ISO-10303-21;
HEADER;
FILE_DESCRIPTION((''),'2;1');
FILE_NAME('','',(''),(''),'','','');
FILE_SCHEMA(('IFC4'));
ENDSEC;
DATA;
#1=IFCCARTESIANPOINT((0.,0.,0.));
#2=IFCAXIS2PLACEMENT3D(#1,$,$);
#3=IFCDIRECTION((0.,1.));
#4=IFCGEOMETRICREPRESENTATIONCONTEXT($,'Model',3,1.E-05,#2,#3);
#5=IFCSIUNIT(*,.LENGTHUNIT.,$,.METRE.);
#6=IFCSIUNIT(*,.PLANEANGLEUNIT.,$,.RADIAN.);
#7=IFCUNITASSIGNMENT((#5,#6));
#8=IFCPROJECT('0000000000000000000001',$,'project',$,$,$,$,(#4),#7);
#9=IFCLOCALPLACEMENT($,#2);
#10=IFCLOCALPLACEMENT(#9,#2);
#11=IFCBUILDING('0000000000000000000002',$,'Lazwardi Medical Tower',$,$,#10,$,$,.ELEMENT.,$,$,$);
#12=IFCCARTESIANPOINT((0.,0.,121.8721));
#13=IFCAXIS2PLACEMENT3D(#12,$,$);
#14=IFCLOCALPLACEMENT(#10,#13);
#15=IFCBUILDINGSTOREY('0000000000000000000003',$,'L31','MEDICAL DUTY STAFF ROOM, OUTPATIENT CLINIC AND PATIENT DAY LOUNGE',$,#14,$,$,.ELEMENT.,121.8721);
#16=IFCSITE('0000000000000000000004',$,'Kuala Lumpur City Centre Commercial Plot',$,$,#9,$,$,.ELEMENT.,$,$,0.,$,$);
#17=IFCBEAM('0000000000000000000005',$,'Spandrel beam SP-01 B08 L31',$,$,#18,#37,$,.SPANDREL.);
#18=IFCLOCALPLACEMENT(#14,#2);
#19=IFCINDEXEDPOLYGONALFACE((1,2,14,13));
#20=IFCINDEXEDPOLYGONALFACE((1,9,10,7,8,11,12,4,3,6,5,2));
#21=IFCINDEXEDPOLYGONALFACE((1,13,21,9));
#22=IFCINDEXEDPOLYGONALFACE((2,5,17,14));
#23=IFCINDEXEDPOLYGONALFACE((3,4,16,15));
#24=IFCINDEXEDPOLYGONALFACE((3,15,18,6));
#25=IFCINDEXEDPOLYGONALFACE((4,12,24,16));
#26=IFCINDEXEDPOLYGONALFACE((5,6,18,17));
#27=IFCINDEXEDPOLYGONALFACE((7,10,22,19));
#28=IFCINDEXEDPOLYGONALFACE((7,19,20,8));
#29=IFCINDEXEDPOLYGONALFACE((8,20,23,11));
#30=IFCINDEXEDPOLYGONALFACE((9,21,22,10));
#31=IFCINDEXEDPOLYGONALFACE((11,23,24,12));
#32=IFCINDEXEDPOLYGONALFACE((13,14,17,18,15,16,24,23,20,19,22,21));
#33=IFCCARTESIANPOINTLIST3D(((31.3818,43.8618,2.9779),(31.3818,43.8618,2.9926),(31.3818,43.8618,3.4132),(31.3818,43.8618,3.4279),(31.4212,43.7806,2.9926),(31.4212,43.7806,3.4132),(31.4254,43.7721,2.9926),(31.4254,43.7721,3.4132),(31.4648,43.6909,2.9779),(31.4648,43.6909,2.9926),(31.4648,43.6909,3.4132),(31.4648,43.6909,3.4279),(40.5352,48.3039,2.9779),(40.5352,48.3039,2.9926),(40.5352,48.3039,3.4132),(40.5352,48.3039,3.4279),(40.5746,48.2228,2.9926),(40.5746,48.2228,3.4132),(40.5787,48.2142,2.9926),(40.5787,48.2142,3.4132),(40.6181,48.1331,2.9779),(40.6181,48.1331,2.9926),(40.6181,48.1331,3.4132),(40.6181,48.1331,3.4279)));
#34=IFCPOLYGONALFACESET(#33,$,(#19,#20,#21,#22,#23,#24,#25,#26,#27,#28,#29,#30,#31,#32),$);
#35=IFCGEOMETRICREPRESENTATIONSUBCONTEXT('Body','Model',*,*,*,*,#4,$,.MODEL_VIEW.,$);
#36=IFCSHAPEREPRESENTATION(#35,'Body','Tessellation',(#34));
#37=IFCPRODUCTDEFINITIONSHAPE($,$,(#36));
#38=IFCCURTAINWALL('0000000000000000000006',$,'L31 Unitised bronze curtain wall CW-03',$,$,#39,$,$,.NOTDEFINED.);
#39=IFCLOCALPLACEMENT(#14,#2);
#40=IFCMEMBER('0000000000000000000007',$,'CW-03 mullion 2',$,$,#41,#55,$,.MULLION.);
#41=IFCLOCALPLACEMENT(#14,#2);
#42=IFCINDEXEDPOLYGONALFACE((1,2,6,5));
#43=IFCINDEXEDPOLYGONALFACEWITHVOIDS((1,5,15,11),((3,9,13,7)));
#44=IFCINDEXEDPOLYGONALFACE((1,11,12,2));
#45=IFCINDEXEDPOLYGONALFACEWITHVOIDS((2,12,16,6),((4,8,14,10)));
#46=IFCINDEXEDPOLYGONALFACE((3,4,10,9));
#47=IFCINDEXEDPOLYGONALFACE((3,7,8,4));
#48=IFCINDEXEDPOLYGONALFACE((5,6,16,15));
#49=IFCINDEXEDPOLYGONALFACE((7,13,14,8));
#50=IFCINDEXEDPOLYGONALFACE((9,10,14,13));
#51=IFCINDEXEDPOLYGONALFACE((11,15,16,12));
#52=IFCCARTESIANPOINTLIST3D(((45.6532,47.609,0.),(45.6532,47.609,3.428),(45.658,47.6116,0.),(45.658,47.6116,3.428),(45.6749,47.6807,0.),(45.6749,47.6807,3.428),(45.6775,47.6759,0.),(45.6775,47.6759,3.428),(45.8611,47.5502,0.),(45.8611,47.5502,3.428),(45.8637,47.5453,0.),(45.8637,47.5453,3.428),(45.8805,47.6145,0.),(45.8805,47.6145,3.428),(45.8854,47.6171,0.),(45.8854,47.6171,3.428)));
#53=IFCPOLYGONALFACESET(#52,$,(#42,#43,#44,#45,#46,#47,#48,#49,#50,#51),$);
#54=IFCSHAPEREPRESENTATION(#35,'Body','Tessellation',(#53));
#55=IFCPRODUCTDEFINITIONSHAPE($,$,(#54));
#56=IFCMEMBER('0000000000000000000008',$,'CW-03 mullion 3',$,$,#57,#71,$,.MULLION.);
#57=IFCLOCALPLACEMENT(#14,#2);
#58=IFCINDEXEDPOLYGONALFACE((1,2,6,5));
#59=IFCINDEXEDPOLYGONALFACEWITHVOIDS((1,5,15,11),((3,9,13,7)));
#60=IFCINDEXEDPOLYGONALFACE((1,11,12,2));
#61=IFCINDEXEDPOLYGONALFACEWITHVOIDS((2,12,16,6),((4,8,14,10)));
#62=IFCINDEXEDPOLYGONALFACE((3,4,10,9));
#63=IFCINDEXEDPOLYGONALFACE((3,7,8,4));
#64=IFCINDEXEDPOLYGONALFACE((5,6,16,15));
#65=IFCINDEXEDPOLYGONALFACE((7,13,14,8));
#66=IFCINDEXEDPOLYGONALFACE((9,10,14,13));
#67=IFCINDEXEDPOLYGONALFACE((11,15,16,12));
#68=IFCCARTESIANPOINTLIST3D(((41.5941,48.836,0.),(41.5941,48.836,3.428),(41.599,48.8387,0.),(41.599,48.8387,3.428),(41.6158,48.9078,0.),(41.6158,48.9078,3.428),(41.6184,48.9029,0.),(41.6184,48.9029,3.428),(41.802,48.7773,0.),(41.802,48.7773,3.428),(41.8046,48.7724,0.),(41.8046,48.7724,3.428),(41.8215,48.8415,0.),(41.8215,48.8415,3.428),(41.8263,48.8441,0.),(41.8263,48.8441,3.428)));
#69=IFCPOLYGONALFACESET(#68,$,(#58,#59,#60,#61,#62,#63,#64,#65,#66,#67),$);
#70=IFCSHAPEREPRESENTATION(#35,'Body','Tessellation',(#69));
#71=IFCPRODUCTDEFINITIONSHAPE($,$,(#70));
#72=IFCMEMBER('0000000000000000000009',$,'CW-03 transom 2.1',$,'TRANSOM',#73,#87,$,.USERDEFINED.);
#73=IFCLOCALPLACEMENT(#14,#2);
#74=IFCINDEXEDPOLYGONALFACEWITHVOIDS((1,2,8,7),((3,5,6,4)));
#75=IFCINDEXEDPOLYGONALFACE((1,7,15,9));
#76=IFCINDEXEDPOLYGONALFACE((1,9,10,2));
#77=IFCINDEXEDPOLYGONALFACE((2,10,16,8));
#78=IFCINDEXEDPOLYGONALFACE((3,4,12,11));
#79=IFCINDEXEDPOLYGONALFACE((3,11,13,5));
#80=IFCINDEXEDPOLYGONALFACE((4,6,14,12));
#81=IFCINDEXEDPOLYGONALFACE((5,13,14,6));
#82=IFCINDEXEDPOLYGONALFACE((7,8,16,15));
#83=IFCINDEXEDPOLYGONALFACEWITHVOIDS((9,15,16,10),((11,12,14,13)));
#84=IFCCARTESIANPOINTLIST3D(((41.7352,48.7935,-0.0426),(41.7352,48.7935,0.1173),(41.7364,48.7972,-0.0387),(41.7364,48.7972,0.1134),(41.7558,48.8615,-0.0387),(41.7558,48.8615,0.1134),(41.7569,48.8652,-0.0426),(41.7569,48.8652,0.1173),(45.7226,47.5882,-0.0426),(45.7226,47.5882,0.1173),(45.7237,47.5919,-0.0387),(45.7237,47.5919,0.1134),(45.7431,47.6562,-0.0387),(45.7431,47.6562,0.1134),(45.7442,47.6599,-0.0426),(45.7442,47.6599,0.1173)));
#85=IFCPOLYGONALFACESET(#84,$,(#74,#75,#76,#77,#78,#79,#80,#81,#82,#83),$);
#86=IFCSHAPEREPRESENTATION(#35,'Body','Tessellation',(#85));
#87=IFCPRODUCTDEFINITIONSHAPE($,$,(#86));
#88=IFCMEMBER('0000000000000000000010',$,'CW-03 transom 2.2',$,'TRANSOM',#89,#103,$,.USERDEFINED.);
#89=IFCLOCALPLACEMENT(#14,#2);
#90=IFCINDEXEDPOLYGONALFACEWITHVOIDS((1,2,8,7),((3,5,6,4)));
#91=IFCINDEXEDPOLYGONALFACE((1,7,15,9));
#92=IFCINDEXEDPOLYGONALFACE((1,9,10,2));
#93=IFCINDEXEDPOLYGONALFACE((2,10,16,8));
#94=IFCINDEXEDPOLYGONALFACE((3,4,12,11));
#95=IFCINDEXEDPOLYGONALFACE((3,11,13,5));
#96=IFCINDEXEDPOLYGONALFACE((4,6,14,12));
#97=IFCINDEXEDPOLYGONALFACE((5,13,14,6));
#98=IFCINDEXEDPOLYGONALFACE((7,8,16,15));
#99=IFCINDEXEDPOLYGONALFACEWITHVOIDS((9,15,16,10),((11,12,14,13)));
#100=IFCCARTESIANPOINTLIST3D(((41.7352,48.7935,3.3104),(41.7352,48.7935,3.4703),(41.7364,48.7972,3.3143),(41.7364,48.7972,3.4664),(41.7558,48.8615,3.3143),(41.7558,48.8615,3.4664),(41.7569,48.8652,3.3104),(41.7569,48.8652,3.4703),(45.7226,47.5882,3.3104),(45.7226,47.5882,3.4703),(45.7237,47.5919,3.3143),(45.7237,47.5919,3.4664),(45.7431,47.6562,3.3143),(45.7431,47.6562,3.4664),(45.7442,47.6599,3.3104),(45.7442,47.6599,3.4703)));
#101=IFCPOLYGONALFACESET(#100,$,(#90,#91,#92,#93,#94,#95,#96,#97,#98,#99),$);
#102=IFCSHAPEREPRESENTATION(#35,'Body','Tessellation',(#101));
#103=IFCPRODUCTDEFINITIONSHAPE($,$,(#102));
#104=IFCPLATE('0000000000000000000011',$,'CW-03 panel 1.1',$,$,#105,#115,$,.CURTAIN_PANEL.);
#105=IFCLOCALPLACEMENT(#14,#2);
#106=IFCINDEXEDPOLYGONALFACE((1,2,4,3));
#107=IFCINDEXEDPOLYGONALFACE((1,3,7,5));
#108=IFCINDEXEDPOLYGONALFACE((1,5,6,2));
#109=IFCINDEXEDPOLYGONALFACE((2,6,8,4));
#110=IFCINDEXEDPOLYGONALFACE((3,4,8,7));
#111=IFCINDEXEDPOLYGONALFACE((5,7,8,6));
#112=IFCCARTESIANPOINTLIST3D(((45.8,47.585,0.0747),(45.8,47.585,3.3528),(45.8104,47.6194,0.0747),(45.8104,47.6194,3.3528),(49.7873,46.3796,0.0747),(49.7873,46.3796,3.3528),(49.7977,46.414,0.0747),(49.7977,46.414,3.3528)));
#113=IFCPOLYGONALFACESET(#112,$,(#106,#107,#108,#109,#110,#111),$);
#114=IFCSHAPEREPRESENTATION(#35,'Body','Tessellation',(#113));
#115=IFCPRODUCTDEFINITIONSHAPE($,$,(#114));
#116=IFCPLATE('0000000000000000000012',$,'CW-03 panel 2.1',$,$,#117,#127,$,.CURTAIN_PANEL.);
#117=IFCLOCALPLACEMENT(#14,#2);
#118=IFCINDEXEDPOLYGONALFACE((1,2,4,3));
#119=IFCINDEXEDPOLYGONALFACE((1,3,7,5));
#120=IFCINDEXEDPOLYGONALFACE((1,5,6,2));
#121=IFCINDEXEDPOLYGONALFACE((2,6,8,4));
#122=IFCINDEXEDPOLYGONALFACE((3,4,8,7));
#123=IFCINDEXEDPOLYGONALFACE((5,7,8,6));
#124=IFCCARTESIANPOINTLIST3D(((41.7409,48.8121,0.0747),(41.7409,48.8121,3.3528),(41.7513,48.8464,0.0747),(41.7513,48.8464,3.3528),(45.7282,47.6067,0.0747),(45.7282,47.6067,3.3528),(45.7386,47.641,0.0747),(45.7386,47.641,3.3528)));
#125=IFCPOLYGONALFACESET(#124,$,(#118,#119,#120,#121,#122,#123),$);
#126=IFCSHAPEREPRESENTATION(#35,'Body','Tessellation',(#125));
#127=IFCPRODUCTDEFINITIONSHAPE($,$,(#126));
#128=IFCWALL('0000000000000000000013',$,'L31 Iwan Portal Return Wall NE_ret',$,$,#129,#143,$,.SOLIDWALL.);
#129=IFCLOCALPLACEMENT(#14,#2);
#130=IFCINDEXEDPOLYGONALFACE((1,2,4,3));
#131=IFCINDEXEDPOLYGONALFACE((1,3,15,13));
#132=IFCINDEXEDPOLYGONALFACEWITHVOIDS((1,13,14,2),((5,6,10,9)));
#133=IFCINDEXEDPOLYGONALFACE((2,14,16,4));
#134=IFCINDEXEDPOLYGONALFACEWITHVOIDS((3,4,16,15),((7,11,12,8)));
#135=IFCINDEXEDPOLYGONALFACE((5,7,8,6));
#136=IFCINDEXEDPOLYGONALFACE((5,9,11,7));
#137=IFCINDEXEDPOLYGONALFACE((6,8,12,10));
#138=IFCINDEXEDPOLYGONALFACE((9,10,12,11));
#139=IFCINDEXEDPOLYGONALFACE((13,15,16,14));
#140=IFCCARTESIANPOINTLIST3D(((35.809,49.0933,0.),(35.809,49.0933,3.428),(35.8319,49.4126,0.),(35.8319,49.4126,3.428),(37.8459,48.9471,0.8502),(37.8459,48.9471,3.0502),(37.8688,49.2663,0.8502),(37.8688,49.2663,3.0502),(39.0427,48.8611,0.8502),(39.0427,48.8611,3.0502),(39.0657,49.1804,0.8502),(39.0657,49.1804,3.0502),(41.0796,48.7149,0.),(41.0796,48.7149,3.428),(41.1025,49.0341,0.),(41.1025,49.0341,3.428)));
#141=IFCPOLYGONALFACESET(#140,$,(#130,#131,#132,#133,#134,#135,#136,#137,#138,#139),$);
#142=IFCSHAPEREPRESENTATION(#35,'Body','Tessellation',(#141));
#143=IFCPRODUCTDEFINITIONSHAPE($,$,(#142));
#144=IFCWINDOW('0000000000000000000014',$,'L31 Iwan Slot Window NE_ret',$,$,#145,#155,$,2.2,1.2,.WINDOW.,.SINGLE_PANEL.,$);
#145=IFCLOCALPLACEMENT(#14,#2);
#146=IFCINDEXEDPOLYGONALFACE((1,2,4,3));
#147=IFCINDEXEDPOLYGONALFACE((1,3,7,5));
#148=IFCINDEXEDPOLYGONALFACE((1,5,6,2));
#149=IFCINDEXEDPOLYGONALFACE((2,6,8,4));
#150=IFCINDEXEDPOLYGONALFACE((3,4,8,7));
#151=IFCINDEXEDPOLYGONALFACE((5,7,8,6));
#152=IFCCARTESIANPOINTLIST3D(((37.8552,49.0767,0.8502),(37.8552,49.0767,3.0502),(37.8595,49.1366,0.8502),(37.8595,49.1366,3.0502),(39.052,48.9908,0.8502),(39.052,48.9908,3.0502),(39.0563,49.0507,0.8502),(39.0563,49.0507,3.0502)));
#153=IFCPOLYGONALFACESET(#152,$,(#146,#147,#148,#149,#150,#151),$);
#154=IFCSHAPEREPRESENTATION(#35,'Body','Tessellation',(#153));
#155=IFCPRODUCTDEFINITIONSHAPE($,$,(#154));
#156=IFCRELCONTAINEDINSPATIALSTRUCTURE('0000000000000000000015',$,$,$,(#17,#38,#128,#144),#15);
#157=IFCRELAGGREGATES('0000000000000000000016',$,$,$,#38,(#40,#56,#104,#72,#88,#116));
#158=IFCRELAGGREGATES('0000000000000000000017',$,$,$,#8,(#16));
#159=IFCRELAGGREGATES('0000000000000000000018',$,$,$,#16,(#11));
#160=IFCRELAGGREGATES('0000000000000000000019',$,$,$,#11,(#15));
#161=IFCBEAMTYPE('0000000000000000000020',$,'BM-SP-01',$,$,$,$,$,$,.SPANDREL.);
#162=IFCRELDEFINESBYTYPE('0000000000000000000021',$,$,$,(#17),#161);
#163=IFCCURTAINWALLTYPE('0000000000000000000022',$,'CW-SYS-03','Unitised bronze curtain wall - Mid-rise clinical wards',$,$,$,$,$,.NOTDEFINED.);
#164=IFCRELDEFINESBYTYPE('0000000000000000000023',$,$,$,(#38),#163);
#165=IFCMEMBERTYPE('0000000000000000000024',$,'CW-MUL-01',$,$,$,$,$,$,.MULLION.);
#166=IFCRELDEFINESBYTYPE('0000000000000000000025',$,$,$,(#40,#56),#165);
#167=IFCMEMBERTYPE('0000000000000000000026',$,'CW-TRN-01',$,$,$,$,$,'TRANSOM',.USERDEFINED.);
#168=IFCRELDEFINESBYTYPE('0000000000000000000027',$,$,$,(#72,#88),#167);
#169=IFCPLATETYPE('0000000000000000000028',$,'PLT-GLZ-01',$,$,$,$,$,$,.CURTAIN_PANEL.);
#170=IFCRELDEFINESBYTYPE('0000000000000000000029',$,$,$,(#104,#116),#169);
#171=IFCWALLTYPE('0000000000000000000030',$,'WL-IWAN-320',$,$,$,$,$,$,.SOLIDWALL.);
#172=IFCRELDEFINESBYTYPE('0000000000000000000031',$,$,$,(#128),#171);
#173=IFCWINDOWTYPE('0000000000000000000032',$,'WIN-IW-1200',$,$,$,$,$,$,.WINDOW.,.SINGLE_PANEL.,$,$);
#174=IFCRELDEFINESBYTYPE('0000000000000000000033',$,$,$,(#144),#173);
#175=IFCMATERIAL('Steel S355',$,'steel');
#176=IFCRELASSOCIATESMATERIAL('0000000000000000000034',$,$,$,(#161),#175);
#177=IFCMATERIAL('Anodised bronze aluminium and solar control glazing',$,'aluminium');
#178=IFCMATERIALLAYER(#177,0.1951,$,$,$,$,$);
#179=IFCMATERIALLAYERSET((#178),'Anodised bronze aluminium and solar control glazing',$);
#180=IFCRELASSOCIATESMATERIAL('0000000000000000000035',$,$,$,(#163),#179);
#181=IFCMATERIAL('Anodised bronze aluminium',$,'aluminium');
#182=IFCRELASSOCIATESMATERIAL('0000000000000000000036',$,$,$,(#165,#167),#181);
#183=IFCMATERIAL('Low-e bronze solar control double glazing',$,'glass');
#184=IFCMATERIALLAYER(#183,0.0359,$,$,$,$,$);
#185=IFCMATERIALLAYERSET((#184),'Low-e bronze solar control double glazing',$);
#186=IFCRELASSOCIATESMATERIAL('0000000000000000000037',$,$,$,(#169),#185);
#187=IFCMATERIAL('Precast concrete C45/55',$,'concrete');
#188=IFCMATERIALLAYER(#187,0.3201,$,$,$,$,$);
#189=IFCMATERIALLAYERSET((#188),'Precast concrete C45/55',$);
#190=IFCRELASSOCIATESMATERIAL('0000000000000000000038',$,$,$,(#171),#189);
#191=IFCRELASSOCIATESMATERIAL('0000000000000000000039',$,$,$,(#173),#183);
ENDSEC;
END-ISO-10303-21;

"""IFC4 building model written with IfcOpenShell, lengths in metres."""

from ifc_helpers import new_model, si_unit, direction, frame, frame_2d, origin, origin_2d, place, context, subcontext, project, spatial, rectangle, hollow_rectangle, i_section, extrude, material, layer, layer_set, material_profile, profile_set, type_object, element, fill, aggregate, save


model = new_model("IFC4")

# Units and contexts
model_context = context("Model", 3, precision=1e-05, world=origin(), true_north=direction((0.0, 1.0)))
body_context = subcontext(model_context, "Body", "Model", "MODEL_VIEW")
ifc_project = project(units=[si_unit("LENGTHUNIT", "METRE"), si_unit("PLANEANGLEUNIT", "RADIAN")], contexts=[model_context])

# Site, building, storey
site_placement = place(None, origin())
site = spatial("IfcSite", under=ifc_project, at=site_placement, Name="Kuala Lumpur City Centre Commercial Plot", CompositionType="ELEMENT", RefElevation=0.0)
building_placement = place(site_placement, origin())
building = spatial("IfcBuilding", under=site, at=building_placement, Name="Lazwardi Medical Tower", CompositionType="ELEMENT")
storey_placement = place(building_placement, frame((0.0, 0.0, 121.8721)))
storey = spatial("IfcBuildingStorey", under=building, at=storey_placement, Name="L31", Description="MEDICAL DUTY STAFF ROOM, OUTPATIENT CLINIC AND PATIENT DAY LOUNGE", CompositionType="ELEMENT", Elevation=121.8721)

# Beam
ifc_material_1 = material(Name="Steel S355", Category="steel")
ifc_material_profile_1 = material_profile(ifc_material_1, i_section(OverallWidth=0.1899, OverallDepth=0.45, WebThickness=0.0095, FlangeThickness=0.0146, at=origin_2d()), Name="IPE 450")
ifc_profile_set_1 = profile_set([ifc_material_profile_1], Name="Steel S355")
beam_type_1 = type_object("IfcBeamType", Name="BM-SP-01", PredefinedType="SPANDREL", material=ifc_profile_set_1)
beam_1_placement = place(storey_placement, frame((40.5767, 48.2185, 3.2029), z_axis=(-0.899653, -0.436605, 0.0), x_axis=(0.436605, -0.899653, 0.0)))
element("IfcBeam", 1, at=beam_1_placement, inside=storey, type_object=beam_type_1, Name="Spandrel beam SP-01 B08 L31", PredefinedType="SPANDREL", context=body_context, shape_type="SweptSolid", body=[
    extrude(i_section(OverallWidth=0.1899, OverallDepth=0.45, WebThickness=0.0095, FlangeThickness=0.0146, at=origin_2d()), origin(), (0.0, 0.0, 1.0), 10.1743),
])

# Curtain wall, members, plates
ifc_material_2 = material(Name="Anodised bronze aluminium and solar control glazing", Category="aluminium")
ifc_layer_1 = layer(ifc_material_2, 0.1951)
ifc_layer_set_1 = layer_set([ifc_layer_1], Name="Anodised bronze aluminium and solar control glazing")
curtain_wall_type = type_object("IfcCurtainWallType", Name="CW-SYS-03", Description="Unitised bronze curtain wall - Mid-rise clinical wards", PredefinedType="NOTDEFINED", material=ifc_layer_set_1)
curtain_wall_placement = place(storey_placement, origin())
curtain_wall = element("IfcCurtainWall", 2, at=curtain_wall_placement, inside=storey, type_object=curtain_wall_type, Name="L31 Unitised bronze curtain wall CW-03", PredefinedType="NOTDEFINED")
ifc_material_3 = material(Name="Anodised bronze aluminium", Category="aluminium")
ifc_material_profile_2 = material_profile(ifc_material_3, hollow_rectangle(XDim=0.075, YDim=0.22, WallThickness=0.0039, at=origin_2d()), Name="ALU-MULLION 220x75x4")
ifc_profile_set_2 = profile_set([ifc_material_profile_2], Name="Anodised bronze aluminium")
member_type_1 = type_object("IfcMemberType", Name="CW-MUL-01", PredefinedType="MULLION", material=ifc_profile_set_2)
member_1_placement = place(storey_placement, frame((45.7693, 47.613, 0.0), z_axis=(0.0, 0.0, 1.0), x_axis=(-0.289374, -0.957216, 0.0)))
member_1 = element("IfcMember", 3, at=member_1_placement, type_object=member_type_1, Name="CW-03 mullion 2", PredefinedType="MULLION", context=body_context, shape_type="SweptSolid", body=[
    extrude(hollow_rectangle(XDim=0.075, YDim=0.22, WallThickness=0.0039, at=origin_2d()), origin(), (0.0, 0.0, 1.0), 3.428),
])
member_2_placement = place(storey_placement, frame((41.7102, 48.8401, 0.0), z_axis=(0.0, 0.0, 1.0), x_axis=(-0.289374, -0.957216, 0.0)))
member_2 = element("IfcMember", 4, at=member_2_placement, type_object=member_type_1, Name="CW-03 mullion 3", PredefinedType="MULLION", context=body_context, shape_type="SweptSolid", body=[
    extrude(hollow_rectangle(XDim=0.075, YDim=0.22, WallThickness=0.0039, at=origin_2d()), origin(), (0.0, 0.0, 1.0), 3.428),
])
ifc_material_profile_3 = material_profile(ifc_material_3, hollow_rectangle(XDim=0.075, YDim=0.1599, WallThickness=0.0039, at=origin_2d()), Name="ALU-TRANSOM 160x75x4")
ifc_profile_set_3 = profile_set([ifc_material_profile_3], Name="Anodised bronze aluminium")
member_type_2 = type_object("IfcMemberType", Name="CW-TRN-01", ElementType="TRANSOM", PredefinedType="USERDEFINED", material=ifc_profile_set_3)
member_3_placement = place(storey_placement, frame((45.7334, 47.624, 0.0374), z_axis=(-0.957221, 0.289358, 0.0), x_axis=(-0.289358, -0.957221, 0.0)))
member_3 = element("IfcMember", 5, at=member_3_placement, type_object=member_type_2, Name="CW-03 transom 2.1", ObjectType="TRANSOM", PredefinedType="USERDEFINED", context=body_context, shape_type="SweptSolid", body=[
    extrude(hollow_rectangle(XDim=0.075, YDim=0.1599, WallThickness=0.0039, at=origin_2d()), origin(), (0.0, 0.0, 1.0), 4.1655),
])
member_4_placement = place(storey_placement, frame((45.7334, 47.624, 3.3904), z_axis=(-0.957221, 0.289358, 0.0), x_axis=(-0.289358, -0.957221, 0.0)))
member_4 = element("IfcMember", 6, at=member_4_placement, type_object=member_type_2, Name="CW-03 transom 2.2", ObjectType="TRANSOM", PredefinedType="USERDEFINED", context=body_context, shape_type="SweptSolid", body=[
    extrude(hollow_rectangle(XDim=0.075, YDim=0.1599, WallThickness=0.0039, at=origin_2d()), origin(), (0.0, 0.0, 1.0), 4.1655),
])
ifc_material_4 = material(Name="Low-e bronze solar control double glazing", Category="glass")
ifc_layer_2 = layer(ifc_material_4, 0.0359)
ifc_layer_set_2 = layer_set([ifc_layer_2], Name="Low-e bronze solar control double glazing")
plate_type = type_object("IfcPlateType", Name="PLT-GLZ-01", PredefinedType="CURTAIN_PANEL", material=ifc_layer_set_2)
plate_1_placement = place(storey_placement, frame((47.7988, 46.9995, 0.0747), z_axis=(0.0, 0.0, 1.0), x_axis=(-0.957216, 0.289374, 0.0)))
plate_1 = element("IfcPlate", 7, at=plate_1_placement, type_object=plate_type, Name="CW-03 panel 1.1", PredefinedType="CURTAIN_PANEL", context=body_context, shape_type="SweptSolid", body=[
    extrude(rectangle(XDim=4.1655, YDim=0.0359, at=origin_2d()), origin(), (0.0, 0.0, 1.0), 3.2781),
])
plate_2_placement = place(storey_placement, frame((43.7397, 48.2266, 0.0747), z_axis=(0.0, 0.0, 1.0), x_axis=(-0.957216, 0.289374, 0.0)))
plate_2 = element("IfcPlate", 8, at=plate_2_placement, type_object=plate_type, Name="CW-03 panel 2.1", PredefinedType="CURTAIN_PANEL", context=body_context, shape_type="SweptSolid", body=[
    extrude(rectangle(XDim=4.1655, YDim=0.0359, at=origin_2d()), origin(), (0.0, 0.0, 1.0), 3.2781),
])
aggregate(curtain_wall, [member_1, member_2, plate_1, member_3, member_4, plate_2])

# Wall, opening, window
ifc_material_5 = material(Name="Precast concrete C45/55", Category="concrete")
ifc_layer_3 = layer(ifc_material_5, 0.3201)
ifc_layer_set_3 = layer_set([ifc_layer_3], Name="Precast concrete C45/55")
wall_type_1 = type_object("IfcWallType", Name="WL-IWAN-320", PredefinedType="SOLIDWALL", material=ifc_layer_set_3)
wall_1_placement = place(storey_placement, frame((41.0911, 48.8745, 0.0), z_axis=(0.0, 0.0, 1.0), x_axis=(-0.997432, 0.071615, 0.0)))
wall_1 = element("IfcWall", 9, at=wall_1_placement, inside=storey, type_object=wall_type_1, Name="L31 Iwan Portal Return Wall NE_ret", PredefinedType="SOLIDWALL", context=body_context, shape_type="SweptSolid", body=[
    extrude(rectangle(XDim=5.2842, YDim=0.3201, at=frame_2d((2.6421, 0.0))), origin(), (0.0, 0.0, 1.0), 3.428),
])
opening_1_placement = place(wall_1_placement, frame((2.042, 0.0, 0.8501)))
opening_1 = element("IfcOpeningElement", 10, at=opening_1_placement, cuts=wall_1, PredefinedType="OPENING", context=body_context, shape_type="SweptSolid", body=[
    extrude(rectangle(XDim=1.2, YDim=2.2, at=frame_2d((0.6001, 1.1001))), frame((0.0, 0.1699, 0.0), z_axis=(0.0, -1.0, 0.0), x_axis=(1.0, 0.0, 0.0)), (0.0, 0.0, 1.0), 0.3401),
])
window_type_1 = type_object("IfcWindowType", Name="WIN-IW-1200", PartitioningType="SINGLE_PANEL", PredefinedType="WINDOW", material=ifc_material_4)
window_1_placement = place(opening_1_placement, origin())
window_1 = element("IfcWindow", 11, at=window_1_placement, inside=storey, type_object=window_type_1, Name="L31 Iwan Slot Window NE_ret", OverallHeight=2.2, OverallWidth=1.2, PartitioningType="SINGLE_PANEL", PredefinedType="WINDOW", context=body_context, shape_type="SweptSolid", body=[
    extrude(rectangle(XDim=1.2, YDim=2.2, at=frame_2d((0.6001, 1.1001))), frame((0.0, 0.03, 0.0), z_axis=(0.0, -1.0, 0.0), x_axis=(1.0, 0.0, 0.0)), (0.0, 0.0, 1.0), 0.0601),
])
fill(opening_1, window_1)

save(model, "model.ifc")
